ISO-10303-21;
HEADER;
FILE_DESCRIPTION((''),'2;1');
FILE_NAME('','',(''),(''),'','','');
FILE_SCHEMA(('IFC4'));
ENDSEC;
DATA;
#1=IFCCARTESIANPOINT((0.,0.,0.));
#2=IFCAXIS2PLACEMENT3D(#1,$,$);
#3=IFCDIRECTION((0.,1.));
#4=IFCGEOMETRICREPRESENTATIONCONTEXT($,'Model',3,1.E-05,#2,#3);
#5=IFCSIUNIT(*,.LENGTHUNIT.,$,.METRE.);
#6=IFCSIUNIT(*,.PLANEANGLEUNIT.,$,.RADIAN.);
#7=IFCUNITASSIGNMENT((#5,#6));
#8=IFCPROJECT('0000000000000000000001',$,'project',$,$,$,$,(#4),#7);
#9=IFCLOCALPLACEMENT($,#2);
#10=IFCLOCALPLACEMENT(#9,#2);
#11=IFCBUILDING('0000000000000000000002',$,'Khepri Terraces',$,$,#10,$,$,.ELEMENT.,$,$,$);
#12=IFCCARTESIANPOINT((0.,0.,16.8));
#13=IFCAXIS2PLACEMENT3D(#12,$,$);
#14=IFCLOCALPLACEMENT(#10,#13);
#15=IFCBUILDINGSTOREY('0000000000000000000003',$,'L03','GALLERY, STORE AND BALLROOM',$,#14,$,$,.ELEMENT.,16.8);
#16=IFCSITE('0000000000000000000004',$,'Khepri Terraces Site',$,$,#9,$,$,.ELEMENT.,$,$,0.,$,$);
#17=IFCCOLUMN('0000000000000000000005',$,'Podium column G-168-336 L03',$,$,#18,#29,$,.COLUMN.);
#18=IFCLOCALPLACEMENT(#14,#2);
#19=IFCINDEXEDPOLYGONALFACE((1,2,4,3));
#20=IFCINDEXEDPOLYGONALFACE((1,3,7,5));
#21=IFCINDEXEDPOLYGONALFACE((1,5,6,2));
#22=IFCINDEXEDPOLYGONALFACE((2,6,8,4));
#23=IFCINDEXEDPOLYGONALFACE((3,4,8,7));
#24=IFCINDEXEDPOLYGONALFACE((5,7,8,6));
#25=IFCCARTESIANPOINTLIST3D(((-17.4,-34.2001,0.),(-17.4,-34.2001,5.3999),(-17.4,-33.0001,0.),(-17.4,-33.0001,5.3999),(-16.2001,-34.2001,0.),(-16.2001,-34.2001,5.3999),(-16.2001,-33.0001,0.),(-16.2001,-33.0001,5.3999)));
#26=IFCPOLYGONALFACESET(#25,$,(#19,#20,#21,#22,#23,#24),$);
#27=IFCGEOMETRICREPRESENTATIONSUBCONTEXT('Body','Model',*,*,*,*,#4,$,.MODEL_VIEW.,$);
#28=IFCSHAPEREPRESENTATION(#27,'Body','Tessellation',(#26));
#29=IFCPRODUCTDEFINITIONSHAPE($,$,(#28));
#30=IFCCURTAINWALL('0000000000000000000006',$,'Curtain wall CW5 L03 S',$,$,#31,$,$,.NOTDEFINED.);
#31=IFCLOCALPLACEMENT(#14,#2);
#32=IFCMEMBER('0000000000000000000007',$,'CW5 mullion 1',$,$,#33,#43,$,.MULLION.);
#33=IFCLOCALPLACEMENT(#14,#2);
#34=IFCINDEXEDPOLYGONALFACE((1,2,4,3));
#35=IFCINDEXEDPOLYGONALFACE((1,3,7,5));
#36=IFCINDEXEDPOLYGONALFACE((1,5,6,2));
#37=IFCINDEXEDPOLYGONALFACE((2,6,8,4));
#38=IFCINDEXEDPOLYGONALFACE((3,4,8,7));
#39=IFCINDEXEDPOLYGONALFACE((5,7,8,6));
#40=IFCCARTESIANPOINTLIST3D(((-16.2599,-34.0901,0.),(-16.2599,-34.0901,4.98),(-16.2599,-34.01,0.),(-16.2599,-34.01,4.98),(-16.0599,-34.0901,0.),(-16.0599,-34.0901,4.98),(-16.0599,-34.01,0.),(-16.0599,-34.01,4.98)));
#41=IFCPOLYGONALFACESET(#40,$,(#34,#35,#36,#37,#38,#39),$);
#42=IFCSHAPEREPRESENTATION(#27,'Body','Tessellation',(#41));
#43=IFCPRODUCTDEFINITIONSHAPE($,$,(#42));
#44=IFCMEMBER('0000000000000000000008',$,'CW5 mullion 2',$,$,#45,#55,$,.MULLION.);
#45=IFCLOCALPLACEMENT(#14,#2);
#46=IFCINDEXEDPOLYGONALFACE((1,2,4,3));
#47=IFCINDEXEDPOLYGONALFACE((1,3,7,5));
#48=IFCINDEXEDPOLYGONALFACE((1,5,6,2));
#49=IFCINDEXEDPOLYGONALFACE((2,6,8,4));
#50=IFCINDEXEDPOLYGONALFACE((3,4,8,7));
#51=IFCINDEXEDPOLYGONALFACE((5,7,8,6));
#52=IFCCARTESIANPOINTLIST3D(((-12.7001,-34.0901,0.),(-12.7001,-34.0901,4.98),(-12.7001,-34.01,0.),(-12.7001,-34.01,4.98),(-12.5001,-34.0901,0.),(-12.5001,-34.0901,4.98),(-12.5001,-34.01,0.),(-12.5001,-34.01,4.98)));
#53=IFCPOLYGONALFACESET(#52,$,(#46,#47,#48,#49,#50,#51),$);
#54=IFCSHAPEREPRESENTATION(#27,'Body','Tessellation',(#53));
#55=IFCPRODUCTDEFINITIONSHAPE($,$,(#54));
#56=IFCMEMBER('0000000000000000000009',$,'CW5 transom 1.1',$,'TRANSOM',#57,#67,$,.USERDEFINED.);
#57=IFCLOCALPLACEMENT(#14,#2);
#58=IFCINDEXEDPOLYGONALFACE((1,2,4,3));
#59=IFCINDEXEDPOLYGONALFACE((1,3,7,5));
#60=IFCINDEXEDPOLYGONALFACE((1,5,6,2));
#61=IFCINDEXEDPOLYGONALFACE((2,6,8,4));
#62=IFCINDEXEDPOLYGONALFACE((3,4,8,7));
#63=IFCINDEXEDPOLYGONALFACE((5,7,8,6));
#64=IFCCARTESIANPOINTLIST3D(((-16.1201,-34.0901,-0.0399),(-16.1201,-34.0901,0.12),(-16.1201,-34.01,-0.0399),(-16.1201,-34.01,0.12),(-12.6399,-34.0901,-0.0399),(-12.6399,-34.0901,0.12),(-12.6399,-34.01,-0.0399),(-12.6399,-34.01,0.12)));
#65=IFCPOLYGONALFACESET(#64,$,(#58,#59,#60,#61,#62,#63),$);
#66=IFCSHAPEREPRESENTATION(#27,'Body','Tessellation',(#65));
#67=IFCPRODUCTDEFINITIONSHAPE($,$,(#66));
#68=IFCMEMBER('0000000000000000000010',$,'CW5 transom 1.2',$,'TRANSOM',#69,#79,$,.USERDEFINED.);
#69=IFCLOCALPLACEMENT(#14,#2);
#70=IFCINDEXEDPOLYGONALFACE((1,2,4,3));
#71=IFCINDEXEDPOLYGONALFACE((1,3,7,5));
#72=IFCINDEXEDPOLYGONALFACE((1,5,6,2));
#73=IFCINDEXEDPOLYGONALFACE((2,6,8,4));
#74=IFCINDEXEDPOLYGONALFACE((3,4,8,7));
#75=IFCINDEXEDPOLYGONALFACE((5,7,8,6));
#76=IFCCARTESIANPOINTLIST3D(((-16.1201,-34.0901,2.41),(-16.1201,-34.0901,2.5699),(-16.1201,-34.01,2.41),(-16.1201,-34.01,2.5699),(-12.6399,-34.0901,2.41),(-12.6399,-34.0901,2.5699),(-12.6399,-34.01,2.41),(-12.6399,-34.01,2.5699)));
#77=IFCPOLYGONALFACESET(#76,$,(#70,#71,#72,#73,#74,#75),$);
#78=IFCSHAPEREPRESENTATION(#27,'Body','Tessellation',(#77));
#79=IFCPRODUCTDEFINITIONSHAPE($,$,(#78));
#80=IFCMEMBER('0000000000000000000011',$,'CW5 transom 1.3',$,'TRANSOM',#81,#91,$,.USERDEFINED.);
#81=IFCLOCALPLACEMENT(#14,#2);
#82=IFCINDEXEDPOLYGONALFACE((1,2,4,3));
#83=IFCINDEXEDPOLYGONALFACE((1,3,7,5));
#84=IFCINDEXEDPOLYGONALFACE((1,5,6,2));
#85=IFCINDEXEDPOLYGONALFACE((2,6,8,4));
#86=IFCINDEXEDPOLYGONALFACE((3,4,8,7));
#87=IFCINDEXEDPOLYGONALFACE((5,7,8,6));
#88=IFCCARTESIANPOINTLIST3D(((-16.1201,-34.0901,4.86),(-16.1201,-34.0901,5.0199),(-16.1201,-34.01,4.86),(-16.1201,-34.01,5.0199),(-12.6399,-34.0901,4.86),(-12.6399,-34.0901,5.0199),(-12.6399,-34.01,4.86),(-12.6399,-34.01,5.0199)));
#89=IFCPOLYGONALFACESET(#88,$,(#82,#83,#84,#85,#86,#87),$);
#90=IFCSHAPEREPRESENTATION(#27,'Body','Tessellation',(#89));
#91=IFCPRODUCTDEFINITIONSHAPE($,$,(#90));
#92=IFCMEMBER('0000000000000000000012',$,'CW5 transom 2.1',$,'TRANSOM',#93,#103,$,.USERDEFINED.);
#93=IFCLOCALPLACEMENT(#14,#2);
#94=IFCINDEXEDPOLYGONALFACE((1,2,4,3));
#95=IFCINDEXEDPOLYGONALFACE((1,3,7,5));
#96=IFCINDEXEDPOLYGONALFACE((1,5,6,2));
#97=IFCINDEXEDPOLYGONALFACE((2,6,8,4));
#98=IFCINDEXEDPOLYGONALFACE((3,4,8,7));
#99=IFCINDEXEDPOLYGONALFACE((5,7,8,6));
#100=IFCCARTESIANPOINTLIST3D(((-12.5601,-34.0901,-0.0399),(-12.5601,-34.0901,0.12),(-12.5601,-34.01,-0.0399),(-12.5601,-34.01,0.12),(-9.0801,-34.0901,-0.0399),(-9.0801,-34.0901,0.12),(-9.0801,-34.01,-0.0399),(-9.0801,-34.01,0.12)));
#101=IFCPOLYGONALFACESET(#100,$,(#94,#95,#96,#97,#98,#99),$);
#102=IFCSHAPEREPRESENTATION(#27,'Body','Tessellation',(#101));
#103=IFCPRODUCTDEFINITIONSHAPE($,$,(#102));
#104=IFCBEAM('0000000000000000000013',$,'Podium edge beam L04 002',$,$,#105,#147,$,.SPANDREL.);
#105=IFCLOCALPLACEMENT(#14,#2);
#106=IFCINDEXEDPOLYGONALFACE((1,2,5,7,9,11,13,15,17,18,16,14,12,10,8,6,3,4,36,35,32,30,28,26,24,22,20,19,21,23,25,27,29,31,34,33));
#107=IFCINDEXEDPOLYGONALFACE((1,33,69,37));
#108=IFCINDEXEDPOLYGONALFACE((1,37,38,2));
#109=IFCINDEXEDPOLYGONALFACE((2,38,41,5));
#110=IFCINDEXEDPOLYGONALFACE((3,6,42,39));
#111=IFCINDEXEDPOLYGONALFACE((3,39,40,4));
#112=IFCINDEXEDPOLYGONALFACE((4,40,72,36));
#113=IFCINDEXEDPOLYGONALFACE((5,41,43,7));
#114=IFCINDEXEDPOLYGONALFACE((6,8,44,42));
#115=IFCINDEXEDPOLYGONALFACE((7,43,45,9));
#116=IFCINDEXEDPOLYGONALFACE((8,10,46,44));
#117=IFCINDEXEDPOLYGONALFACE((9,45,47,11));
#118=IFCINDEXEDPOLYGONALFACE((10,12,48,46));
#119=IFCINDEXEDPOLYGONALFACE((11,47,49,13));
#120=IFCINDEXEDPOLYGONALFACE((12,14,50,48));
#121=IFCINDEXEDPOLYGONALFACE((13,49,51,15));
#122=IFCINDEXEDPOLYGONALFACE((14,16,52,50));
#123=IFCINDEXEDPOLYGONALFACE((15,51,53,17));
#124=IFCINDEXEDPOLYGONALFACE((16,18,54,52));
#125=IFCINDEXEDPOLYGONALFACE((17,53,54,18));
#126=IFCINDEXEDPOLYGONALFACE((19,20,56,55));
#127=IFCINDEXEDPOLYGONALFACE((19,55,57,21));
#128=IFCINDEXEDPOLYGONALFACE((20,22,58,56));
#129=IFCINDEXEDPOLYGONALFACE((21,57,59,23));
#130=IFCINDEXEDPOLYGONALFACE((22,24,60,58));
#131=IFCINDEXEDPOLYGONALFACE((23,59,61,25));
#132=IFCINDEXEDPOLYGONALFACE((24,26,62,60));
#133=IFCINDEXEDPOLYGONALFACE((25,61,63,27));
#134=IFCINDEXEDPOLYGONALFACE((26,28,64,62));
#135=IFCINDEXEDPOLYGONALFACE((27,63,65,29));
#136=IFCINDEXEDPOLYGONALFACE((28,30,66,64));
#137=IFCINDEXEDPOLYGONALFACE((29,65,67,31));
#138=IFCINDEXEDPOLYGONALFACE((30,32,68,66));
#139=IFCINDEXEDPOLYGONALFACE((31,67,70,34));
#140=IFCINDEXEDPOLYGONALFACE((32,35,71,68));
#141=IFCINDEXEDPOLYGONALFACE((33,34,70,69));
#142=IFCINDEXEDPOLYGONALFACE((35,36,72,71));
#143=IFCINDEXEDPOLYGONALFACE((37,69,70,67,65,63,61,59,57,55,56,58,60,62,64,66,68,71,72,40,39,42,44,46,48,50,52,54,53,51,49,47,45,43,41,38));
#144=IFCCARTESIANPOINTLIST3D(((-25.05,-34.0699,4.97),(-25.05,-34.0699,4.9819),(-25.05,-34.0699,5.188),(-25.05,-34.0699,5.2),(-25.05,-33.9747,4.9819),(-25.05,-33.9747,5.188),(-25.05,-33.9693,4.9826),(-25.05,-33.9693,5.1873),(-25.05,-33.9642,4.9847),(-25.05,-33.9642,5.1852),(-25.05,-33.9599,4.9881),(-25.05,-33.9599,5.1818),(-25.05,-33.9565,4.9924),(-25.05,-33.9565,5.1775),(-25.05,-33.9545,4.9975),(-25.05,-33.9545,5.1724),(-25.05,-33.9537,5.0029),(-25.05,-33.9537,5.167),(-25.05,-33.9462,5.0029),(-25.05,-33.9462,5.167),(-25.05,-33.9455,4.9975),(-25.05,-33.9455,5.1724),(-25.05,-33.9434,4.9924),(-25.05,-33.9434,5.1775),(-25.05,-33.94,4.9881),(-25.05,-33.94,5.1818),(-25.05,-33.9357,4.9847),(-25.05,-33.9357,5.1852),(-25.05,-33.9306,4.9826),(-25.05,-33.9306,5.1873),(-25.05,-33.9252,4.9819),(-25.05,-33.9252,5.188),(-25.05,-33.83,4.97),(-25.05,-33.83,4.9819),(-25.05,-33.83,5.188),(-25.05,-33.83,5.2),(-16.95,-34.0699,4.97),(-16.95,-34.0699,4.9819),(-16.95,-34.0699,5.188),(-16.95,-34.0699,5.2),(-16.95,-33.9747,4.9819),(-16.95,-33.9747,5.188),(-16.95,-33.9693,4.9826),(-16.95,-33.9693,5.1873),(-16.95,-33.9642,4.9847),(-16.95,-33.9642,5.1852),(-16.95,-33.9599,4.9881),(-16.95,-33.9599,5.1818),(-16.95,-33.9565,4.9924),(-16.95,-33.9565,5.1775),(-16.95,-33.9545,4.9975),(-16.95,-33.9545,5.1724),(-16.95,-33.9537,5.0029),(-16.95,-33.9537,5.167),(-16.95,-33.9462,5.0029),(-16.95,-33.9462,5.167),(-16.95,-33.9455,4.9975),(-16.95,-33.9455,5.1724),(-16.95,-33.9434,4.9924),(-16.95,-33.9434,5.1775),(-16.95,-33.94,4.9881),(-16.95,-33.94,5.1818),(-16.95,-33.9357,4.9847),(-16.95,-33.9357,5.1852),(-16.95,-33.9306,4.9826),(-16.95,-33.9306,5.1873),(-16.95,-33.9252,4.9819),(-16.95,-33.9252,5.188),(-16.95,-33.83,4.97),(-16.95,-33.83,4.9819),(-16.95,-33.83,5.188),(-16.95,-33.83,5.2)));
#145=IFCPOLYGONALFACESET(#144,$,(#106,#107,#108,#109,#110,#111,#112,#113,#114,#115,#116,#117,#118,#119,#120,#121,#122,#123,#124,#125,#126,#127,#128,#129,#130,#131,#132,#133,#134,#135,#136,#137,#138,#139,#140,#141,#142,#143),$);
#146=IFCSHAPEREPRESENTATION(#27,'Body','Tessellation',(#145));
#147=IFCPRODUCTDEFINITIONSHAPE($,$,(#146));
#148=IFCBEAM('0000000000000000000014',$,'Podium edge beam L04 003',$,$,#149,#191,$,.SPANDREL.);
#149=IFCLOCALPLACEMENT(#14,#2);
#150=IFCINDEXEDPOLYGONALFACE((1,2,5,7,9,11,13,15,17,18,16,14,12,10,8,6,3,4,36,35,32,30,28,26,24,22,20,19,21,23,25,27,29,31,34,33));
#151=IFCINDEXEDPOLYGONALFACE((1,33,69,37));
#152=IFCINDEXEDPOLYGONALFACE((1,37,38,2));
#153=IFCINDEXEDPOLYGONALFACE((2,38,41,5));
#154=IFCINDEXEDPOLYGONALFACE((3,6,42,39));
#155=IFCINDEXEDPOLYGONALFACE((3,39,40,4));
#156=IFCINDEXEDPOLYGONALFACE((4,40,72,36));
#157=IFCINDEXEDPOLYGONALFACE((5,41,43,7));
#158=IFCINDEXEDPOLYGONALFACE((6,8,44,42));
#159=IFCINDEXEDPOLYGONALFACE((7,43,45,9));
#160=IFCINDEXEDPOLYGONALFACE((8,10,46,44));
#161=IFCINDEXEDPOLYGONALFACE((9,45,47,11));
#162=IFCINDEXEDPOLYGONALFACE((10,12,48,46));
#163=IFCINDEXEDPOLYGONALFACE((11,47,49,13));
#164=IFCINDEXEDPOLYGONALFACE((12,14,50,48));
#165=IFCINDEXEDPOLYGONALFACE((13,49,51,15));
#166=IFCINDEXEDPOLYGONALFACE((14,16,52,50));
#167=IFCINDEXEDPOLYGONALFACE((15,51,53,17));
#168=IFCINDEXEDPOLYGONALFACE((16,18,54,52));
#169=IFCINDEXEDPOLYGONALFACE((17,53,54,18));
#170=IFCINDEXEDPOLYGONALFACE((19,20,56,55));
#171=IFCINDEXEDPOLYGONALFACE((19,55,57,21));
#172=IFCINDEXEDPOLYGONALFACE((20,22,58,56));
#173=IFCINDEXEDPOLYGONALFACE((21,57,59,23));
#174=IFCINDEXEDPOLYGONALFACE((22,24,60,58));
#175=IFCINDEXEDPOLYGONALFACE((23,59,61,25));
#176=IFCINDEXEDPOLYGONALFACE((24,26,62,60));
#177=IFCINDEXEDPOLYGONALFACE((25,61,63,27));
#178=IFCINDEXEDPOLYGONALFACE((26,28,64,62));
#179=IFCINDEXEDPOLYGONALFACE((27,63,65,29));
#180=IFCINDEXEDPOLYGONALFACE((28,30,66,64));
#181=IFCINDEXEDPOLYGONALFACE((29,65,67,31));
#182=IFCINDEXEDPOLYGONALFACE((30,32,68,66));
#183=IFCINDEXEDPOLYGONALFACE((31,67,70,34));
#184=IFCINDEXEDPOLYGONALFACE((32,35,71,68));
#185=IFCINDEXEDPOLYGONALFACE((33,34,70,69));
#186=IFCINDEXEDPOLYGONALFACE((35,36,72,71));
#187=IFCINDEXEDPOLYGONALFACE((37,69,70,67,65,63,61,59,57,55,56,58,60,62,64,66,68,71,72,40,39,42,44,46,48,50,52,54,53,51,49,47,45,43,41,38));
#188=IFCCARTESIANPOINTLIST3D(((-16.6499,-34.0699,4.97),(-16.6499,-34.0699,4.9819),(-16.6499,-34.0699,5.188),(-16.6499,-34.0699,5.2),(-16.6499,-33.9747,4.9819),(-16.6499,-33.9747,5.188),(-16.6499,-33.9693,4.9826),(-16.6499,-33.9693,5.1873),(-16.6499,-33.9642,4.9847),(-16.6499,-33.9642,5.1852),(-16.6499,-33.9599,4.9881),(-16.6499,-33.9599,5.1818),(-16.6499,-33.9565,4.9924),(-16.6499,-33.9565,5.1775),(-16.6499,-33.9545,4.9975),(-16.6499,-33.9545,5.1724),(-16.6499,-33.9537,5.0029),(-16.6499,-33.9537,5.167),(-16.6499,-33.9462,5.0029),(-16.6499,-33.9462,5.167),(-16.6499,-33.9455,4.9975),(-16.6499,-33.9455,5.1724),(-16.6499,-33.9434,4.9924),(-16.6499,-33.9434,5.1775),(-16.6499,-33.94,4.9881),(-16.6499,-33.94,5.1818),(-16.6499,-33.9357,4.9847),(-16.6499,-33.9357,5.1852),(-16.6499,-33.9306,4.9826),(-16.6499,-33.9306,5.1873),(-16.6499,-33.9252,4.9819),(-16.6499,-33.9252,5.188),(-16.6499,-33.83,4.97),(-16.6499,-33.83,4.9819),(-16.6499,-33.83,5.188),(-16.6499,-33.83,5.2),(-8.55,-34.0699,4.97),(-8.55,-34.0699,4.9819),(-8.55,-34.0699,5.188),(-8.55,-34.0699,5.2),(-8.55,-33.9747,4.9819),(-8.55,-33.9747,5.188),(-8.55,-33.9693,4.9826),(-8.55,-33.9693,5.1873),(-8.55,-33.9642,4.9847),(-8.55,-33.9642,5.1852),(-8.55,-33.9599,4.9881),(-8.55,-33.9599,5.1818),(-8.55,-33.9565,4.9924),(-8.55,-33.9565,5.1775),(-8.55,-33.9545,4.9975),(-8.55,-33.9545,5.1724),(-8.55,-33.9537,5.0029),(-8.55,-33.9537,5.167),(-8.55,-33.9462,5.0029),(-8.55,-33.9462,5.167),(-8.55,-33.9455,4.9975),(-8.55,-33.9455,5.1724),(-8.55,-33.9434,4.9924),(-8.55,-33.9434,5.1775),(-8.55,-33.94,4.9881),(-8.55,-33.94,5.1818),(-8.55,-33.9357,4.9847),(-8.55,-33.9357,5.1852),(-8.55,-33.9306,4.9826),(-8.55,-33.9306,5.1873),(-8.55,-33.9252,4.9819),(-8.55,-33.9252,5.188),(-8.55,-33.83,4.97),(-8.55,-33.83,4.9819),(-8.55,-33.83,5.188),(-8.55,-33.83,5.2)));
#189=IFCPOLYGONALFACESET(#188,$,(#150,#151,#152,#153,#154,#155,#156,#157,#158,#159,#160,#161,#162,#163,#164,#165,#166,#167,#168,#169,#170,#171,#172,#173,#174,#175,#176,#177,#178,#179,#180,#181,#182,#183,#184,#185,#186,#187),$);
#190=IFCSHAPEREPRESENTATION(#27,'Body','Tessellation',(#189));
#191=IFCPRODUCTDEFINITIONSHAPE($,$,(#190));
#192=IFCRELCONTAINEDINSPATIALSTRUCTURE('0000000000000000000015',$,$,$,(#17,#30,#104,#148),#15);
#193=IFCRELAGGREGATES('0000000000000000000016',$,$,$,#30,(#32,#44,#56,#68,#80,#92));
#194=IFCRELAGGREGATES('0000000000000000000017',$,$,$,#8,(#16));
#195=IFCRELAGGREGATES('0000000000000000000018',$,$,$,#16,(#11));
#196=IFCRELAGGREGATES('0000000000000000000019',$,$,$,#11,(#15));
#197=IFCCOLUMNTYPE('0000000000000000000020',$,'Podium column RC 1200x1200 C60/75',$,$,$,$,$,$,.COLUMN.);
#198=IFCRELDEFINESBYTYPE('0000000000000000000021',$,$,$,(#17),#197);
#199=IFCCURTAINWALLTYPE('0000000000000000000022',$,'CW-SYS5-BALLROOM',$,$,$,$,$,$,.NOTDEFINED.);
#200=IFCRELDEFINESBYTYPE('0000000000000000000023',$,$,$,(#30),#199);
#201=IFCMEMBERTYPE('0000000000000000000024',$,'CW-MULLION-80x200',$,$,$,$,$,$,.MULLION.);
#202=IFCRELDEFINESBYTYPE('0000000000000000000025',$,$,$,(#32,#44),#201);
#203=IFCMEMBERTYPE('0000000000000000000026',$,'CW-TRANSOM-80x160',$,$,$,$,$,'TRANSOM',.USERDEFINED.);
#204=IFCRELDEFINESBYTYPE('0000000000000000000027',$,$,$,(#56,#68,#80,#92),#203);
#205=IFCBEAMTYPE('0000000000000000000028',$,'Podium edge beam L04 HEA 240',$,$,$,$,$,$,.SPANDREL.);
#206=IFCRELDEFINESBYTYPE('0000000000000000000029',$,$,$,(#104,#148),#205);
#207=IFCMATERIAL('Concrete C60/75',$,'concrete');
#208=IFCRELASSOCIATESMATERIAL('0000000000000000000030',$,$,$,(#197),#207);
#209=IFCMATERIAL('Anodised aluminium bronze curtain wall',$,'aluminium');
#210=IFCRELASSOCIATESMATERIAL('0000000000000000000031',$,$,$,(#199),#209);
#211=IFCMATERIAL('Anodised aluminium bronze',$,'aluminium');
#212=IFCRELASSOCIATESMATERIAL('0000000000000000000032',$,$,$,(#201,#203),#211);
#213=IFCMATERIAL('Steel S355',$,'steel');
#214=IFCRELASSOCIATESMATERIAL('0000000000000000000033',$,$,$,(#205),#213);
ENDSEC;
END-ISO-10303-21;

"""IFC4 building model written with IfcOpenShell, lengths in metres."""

from ifc_helpers import new_model, si_unit, direction, frame, origin, origin_2d, place, context, subcontext, project, spatial, rectangle, i_section, extrude, material, material_profile, profile_set, type_object, element, aggregate, save


model = new_model("IFC4")

# Units and contexts
model_context = context("Model", 3, precision=1e-05, world=origin(), true_north=direction((0.0, 1.0)))
body_context = subcontext(model_context, "Body", "Model", "MODEL_VIEW")
ifc_project = project(units=[si_unit("LENGTHUNIT", "METRE"), si_unit("PLANEANGLEUNIT", "RADIAN")], contexts=[model_context])

# Site, building, storey
site_placement = place(None, origin())
site = spatial("IfcSite", under=ifc_project, at=site_placement, Name="Khepri Terraces Site", CompositionType="ELEMENT", RefElevation=0.0)
building_placement = place(site_placement, origin())
building = spatial("IfcBuilding", under=site, at=building_placement, Name="Khepri Terraces", CompositionType="ELEMENT")
storey_placement = place(building_placement, frame((0.0, 0.0, 16.8)))
storey = spatial("IfcBuildingStorey", under=building, at=storey_placement, Name="L03", Description="GALLERY, STORE AND BALLROOM", CompositionType="ELEMENT", Elevation=16.8)

# Column
ifc_material_1 = material(Name="Concrete C60/75", Category="concrete")
ifc_material_profile_1 = material_profile(ifc_material_1, rectangle(XDim=1.2, YDim=1.2, at=origin_2d()), Name="Concrete C60/75", Category="concrete")
ifc_profile_set_1 = profile_set([ifc_material_profile_1], Name="Concrete C60/75")
column_type = type_object("IfcColumnType", Name="Podium column RC 1200x1200 C60/75", PredefinedType="COLUMN", material=ifc_profile_set_1)
column_placement = place(storey_placement, frame((-16.8, -33.6001, 0.0), z_axis=(0.0, 0.0, 1.0), x_axis=(1.0, 0.0, 0.0)))
element("IfcColumn", 1, at=column_placement, inside=storey, type_object=column_type, Name="Podium column G-168-336 L03", PredefinedType="COLUMN", context=body_context, shape_type="SweptSolid", body=[
    extrude(rectangle(XDim=1.2, YDim=1.2, at=origin_2d()), origin(), (0.0, 0.0, 1.0), 5.3999),
])

# Curtain wall, members
ifc_material_2 = material(Name="Anodised aluminium bronze curtain wall", Category="aluminium")
curtain_wall_type = type_object("IfcCurtainWallType", Name="CW-SYS5-BALLROOM", PredefinedType="NOTDEFINED", material=ifc_material_2)
curtain_wall_placement = place(storey_placement, origin())
curtain_wall = element("IfcCurtainWall", 2, at=curtain_wall_placement, inside=storey, type_object=curtain_wall_type, Name="Curtain wall CW5 L03 S", PredefinedType="NOTDEFINED")
ifc_material_3 = material(Name="Anodised aluminium bronze", Category="aluminium")
ifc_material_profile_2 = material_profile(ifc_material_3, rectangle(XDim=0.0801, YDim=0.2, at=origin_2d()), Name="Anodised aluminium bronze", Category="aluminium")
ifc_profile_set_2 = profile_set([ifc_material_profile_2], Name="Anodised aluminium bronze")
member_type_1 = type_object("IfcMemberType", Name="CW-MULLION-80x200", PredefinedType="MULLION", material=ifc_profile_set_2)
member_1_placement = place(storey_placement, frame((-16.1599, -34.05, 0.0), z_axis=(0.0, 0.0, 1.0), x_axis=(0.0, 1.0, 0.0)))
member_1 = element("IfcMember", 3, at=member_1_placement, type_object=member_type_1, Name="CW5 mullion 1", PredefinedType="MULLION", context=body_context, shape_type="SweptSolid", body=[
    extrude(rectangle(XDim=0.0801, YDim=0.2, at=origin_2d()), origin(), (0.0, 0.0, 1.0), 4.98),
])
member_2_placement = place(storey_placement, frame((-12.6001, -34.05, 0.0), z_axis=(0.0, 0.0, 1.0), x_axis=(0.0, 1.0, 0.0)))
member_2 = element("IfcMember", 4, at=member_2_placement, type_object=member_type_1, Name="CW5 mullion 2", PredefinedType="MULLION", context=body_context, shape_type="SweptSolid", body=[
    extrude(rectangle(XDim=0.0801, YDim=0.2, at=origin_2d()), origin(), (0.0, 0.0, 1.0), 4.98),
])
ifc_material_profile_3 = material_profile(ifc_material_3, rectangle(XDim=0.0801, YDim=0.1599, at=origin_2d()), Name="Anodised aluminium bronze", Category="aluminium")
ifc_profile_set_3 = profile_set([ifc_material_profile_3], Name="Anodised aluminium bronze")
member_type_2 = type_object("IfcMemberType", Name="CW-TRANSOM-80x160", ElementType="TRANSOM", PredefinedType="USERDEFINED", material=ifc_profile_set_3)
member_3_placement = place(storey_placement, frame((-16.1201, -34.05, 0.04), z_axis=(1.0, 0.0, 0.0), x_axis=(0.0, 1.0, 0.0)))
member_3 = element("IfcMember", 5, at=member_3_placement, type_object=member_type_2, Name="CW5 transom 1.1", ObjectType="TRANSOM", PredefinedType="USERDEFINED", context=body_context, shape_type="SweptSolid", body=[
    extrude(rectangle(XDim=0.0801, YDim=0.1599, at=origin_2d()), origin(), (0.0, 0.0, 1.0), 3.4802),
])
member_4_placement = place(storey_placement, frame((-16.1201, -34.05, 2.49), z_axis=(1.0, 0.0, 0.0), x_axis=(0.0, 1.0, 0.0)))
member_4 = element("IfcMember", 6, at=member_4_placement, type_object=member_type_2, Name="CW5 transom 1.2", ObjectType="TRANSOM", PredefinedType="USERDEFINED", context=body_context, shape_type="SweptSolid", body=[
    extrude(rectangle(XDim=0.0801, YDim=0.1599, at=origin_2d()), origin(), (0.0, 0.0, 1.0), 3.4802),
])
member_5_placement = place(storey_placement, frame((-16.1201, -34.05, 4.9399), z_axis=(1.0, 0.0, 0.0), x_axis=(0.0, 1.0, 0.0)))
member_5 = element("IfcMember", 7, at=member_5_placement, type_object=member_type_2, Name="CW5 transom 1.3", ObjectType="TRANSOM", PredefinedType="USERDEFINED", context=body_context, shape_type="SweptSolid", body=[
    extrude(rectangle(XDim=0.0801, YDim=0.1599, at=origin_2d()), origin(), (0.0, 0.0, 1.0), 3.4802),
])
member_6_placement = place(storey_placement, frame((-12.5601, -34.05, 0.04), z_axis=(1.0, 0.0, 0.0), x_axis=(0.0, 1.0, 0.0)))
member_6 = element("IfcMember", 8, at=member_6_placement, type_object=member_type_2, Name="CW5 transom 2.1", ObjectType="TRANSOM", PredefinedType="USERDEFINED", context=body_context, shape_type="SweptSolid", body=[
    extrude(rectangle(XDim=0.0801, YDim=0.1599, at=origin_2d()), origin(), (0.0, 0.0, 1.0), 3.48),
])

# Beams
ifc_material_4 = material(Name="Steel S355", Category="steel")
ifc_material_profile_4 = material_profile(ifc_material_4, i_section(OverallWidth=0.24, OverallDepth=0.23, WebThickness=0.0076, FlangeThickness=0.012, FilletRadius=0.021, at=origin_2d()), Name="Steel S355", Category="steel")
ifc_profile_set_4 = profile_set([ifc_material_profile_4], Name="Steel S355")
beam_type_1 = type_object("IfcBeamType", Name="Podium edge beam L04 HEA 240", PredefinedType="SPANDREL", material=ifc_profile_set_4)
beam_1_placement = place(storey_placement, frame((-25.05, -33.95, 5.085), z_axis=(1.0, 0.0, 0.0), x_axis=(0.0, 1.0, 0.0)))
element("IfcBeam", 9, at=beam_1_placement, inside=storey, type_object=beam_type_1, Name="Podium edge beam L04 002", PredefinedType="SPANDREL", context=body_context, shape_type="SweptSolid", body=[
    extrude(i_section(OverallWidth=0.24, OverallDepth=0.23, WebThickness=0.0076, FlangeThickness=0.012, FilletRadius=0.021, at=origin_2d()), origin(), (0.0, 0.0, 1.0), 8.1001),
])
beam_2_placement = place(storey_placement, frame((-16.6499, -33.95, 5.085), z_axis=(1.0, 0.0, 0.0), x_axis=(0.0, 1.0, 0.0)))
element("IfcBeam", 10, at=beam_2_placement, inside=storey, type_object=beam_type_1, Name="Podium edge beam L04 003", PredefinedType="SPANDREL", context=body_context, shape_type="SweptSolid", body=[
    extrude(i_section(OverallWidth=0.24, OverallDepth=0.23, WebThickness=0.0076, FlangeThickness=0.012, FilletRadius=0.021, at=origin_2d()), origin(), (0.0, 0.0, 1.0), 8.0999),
])

aggregate(curtain_wall, [member_1, member_2, member_3, member_4, member_5, member_6])

save(model, "model.ifc")
